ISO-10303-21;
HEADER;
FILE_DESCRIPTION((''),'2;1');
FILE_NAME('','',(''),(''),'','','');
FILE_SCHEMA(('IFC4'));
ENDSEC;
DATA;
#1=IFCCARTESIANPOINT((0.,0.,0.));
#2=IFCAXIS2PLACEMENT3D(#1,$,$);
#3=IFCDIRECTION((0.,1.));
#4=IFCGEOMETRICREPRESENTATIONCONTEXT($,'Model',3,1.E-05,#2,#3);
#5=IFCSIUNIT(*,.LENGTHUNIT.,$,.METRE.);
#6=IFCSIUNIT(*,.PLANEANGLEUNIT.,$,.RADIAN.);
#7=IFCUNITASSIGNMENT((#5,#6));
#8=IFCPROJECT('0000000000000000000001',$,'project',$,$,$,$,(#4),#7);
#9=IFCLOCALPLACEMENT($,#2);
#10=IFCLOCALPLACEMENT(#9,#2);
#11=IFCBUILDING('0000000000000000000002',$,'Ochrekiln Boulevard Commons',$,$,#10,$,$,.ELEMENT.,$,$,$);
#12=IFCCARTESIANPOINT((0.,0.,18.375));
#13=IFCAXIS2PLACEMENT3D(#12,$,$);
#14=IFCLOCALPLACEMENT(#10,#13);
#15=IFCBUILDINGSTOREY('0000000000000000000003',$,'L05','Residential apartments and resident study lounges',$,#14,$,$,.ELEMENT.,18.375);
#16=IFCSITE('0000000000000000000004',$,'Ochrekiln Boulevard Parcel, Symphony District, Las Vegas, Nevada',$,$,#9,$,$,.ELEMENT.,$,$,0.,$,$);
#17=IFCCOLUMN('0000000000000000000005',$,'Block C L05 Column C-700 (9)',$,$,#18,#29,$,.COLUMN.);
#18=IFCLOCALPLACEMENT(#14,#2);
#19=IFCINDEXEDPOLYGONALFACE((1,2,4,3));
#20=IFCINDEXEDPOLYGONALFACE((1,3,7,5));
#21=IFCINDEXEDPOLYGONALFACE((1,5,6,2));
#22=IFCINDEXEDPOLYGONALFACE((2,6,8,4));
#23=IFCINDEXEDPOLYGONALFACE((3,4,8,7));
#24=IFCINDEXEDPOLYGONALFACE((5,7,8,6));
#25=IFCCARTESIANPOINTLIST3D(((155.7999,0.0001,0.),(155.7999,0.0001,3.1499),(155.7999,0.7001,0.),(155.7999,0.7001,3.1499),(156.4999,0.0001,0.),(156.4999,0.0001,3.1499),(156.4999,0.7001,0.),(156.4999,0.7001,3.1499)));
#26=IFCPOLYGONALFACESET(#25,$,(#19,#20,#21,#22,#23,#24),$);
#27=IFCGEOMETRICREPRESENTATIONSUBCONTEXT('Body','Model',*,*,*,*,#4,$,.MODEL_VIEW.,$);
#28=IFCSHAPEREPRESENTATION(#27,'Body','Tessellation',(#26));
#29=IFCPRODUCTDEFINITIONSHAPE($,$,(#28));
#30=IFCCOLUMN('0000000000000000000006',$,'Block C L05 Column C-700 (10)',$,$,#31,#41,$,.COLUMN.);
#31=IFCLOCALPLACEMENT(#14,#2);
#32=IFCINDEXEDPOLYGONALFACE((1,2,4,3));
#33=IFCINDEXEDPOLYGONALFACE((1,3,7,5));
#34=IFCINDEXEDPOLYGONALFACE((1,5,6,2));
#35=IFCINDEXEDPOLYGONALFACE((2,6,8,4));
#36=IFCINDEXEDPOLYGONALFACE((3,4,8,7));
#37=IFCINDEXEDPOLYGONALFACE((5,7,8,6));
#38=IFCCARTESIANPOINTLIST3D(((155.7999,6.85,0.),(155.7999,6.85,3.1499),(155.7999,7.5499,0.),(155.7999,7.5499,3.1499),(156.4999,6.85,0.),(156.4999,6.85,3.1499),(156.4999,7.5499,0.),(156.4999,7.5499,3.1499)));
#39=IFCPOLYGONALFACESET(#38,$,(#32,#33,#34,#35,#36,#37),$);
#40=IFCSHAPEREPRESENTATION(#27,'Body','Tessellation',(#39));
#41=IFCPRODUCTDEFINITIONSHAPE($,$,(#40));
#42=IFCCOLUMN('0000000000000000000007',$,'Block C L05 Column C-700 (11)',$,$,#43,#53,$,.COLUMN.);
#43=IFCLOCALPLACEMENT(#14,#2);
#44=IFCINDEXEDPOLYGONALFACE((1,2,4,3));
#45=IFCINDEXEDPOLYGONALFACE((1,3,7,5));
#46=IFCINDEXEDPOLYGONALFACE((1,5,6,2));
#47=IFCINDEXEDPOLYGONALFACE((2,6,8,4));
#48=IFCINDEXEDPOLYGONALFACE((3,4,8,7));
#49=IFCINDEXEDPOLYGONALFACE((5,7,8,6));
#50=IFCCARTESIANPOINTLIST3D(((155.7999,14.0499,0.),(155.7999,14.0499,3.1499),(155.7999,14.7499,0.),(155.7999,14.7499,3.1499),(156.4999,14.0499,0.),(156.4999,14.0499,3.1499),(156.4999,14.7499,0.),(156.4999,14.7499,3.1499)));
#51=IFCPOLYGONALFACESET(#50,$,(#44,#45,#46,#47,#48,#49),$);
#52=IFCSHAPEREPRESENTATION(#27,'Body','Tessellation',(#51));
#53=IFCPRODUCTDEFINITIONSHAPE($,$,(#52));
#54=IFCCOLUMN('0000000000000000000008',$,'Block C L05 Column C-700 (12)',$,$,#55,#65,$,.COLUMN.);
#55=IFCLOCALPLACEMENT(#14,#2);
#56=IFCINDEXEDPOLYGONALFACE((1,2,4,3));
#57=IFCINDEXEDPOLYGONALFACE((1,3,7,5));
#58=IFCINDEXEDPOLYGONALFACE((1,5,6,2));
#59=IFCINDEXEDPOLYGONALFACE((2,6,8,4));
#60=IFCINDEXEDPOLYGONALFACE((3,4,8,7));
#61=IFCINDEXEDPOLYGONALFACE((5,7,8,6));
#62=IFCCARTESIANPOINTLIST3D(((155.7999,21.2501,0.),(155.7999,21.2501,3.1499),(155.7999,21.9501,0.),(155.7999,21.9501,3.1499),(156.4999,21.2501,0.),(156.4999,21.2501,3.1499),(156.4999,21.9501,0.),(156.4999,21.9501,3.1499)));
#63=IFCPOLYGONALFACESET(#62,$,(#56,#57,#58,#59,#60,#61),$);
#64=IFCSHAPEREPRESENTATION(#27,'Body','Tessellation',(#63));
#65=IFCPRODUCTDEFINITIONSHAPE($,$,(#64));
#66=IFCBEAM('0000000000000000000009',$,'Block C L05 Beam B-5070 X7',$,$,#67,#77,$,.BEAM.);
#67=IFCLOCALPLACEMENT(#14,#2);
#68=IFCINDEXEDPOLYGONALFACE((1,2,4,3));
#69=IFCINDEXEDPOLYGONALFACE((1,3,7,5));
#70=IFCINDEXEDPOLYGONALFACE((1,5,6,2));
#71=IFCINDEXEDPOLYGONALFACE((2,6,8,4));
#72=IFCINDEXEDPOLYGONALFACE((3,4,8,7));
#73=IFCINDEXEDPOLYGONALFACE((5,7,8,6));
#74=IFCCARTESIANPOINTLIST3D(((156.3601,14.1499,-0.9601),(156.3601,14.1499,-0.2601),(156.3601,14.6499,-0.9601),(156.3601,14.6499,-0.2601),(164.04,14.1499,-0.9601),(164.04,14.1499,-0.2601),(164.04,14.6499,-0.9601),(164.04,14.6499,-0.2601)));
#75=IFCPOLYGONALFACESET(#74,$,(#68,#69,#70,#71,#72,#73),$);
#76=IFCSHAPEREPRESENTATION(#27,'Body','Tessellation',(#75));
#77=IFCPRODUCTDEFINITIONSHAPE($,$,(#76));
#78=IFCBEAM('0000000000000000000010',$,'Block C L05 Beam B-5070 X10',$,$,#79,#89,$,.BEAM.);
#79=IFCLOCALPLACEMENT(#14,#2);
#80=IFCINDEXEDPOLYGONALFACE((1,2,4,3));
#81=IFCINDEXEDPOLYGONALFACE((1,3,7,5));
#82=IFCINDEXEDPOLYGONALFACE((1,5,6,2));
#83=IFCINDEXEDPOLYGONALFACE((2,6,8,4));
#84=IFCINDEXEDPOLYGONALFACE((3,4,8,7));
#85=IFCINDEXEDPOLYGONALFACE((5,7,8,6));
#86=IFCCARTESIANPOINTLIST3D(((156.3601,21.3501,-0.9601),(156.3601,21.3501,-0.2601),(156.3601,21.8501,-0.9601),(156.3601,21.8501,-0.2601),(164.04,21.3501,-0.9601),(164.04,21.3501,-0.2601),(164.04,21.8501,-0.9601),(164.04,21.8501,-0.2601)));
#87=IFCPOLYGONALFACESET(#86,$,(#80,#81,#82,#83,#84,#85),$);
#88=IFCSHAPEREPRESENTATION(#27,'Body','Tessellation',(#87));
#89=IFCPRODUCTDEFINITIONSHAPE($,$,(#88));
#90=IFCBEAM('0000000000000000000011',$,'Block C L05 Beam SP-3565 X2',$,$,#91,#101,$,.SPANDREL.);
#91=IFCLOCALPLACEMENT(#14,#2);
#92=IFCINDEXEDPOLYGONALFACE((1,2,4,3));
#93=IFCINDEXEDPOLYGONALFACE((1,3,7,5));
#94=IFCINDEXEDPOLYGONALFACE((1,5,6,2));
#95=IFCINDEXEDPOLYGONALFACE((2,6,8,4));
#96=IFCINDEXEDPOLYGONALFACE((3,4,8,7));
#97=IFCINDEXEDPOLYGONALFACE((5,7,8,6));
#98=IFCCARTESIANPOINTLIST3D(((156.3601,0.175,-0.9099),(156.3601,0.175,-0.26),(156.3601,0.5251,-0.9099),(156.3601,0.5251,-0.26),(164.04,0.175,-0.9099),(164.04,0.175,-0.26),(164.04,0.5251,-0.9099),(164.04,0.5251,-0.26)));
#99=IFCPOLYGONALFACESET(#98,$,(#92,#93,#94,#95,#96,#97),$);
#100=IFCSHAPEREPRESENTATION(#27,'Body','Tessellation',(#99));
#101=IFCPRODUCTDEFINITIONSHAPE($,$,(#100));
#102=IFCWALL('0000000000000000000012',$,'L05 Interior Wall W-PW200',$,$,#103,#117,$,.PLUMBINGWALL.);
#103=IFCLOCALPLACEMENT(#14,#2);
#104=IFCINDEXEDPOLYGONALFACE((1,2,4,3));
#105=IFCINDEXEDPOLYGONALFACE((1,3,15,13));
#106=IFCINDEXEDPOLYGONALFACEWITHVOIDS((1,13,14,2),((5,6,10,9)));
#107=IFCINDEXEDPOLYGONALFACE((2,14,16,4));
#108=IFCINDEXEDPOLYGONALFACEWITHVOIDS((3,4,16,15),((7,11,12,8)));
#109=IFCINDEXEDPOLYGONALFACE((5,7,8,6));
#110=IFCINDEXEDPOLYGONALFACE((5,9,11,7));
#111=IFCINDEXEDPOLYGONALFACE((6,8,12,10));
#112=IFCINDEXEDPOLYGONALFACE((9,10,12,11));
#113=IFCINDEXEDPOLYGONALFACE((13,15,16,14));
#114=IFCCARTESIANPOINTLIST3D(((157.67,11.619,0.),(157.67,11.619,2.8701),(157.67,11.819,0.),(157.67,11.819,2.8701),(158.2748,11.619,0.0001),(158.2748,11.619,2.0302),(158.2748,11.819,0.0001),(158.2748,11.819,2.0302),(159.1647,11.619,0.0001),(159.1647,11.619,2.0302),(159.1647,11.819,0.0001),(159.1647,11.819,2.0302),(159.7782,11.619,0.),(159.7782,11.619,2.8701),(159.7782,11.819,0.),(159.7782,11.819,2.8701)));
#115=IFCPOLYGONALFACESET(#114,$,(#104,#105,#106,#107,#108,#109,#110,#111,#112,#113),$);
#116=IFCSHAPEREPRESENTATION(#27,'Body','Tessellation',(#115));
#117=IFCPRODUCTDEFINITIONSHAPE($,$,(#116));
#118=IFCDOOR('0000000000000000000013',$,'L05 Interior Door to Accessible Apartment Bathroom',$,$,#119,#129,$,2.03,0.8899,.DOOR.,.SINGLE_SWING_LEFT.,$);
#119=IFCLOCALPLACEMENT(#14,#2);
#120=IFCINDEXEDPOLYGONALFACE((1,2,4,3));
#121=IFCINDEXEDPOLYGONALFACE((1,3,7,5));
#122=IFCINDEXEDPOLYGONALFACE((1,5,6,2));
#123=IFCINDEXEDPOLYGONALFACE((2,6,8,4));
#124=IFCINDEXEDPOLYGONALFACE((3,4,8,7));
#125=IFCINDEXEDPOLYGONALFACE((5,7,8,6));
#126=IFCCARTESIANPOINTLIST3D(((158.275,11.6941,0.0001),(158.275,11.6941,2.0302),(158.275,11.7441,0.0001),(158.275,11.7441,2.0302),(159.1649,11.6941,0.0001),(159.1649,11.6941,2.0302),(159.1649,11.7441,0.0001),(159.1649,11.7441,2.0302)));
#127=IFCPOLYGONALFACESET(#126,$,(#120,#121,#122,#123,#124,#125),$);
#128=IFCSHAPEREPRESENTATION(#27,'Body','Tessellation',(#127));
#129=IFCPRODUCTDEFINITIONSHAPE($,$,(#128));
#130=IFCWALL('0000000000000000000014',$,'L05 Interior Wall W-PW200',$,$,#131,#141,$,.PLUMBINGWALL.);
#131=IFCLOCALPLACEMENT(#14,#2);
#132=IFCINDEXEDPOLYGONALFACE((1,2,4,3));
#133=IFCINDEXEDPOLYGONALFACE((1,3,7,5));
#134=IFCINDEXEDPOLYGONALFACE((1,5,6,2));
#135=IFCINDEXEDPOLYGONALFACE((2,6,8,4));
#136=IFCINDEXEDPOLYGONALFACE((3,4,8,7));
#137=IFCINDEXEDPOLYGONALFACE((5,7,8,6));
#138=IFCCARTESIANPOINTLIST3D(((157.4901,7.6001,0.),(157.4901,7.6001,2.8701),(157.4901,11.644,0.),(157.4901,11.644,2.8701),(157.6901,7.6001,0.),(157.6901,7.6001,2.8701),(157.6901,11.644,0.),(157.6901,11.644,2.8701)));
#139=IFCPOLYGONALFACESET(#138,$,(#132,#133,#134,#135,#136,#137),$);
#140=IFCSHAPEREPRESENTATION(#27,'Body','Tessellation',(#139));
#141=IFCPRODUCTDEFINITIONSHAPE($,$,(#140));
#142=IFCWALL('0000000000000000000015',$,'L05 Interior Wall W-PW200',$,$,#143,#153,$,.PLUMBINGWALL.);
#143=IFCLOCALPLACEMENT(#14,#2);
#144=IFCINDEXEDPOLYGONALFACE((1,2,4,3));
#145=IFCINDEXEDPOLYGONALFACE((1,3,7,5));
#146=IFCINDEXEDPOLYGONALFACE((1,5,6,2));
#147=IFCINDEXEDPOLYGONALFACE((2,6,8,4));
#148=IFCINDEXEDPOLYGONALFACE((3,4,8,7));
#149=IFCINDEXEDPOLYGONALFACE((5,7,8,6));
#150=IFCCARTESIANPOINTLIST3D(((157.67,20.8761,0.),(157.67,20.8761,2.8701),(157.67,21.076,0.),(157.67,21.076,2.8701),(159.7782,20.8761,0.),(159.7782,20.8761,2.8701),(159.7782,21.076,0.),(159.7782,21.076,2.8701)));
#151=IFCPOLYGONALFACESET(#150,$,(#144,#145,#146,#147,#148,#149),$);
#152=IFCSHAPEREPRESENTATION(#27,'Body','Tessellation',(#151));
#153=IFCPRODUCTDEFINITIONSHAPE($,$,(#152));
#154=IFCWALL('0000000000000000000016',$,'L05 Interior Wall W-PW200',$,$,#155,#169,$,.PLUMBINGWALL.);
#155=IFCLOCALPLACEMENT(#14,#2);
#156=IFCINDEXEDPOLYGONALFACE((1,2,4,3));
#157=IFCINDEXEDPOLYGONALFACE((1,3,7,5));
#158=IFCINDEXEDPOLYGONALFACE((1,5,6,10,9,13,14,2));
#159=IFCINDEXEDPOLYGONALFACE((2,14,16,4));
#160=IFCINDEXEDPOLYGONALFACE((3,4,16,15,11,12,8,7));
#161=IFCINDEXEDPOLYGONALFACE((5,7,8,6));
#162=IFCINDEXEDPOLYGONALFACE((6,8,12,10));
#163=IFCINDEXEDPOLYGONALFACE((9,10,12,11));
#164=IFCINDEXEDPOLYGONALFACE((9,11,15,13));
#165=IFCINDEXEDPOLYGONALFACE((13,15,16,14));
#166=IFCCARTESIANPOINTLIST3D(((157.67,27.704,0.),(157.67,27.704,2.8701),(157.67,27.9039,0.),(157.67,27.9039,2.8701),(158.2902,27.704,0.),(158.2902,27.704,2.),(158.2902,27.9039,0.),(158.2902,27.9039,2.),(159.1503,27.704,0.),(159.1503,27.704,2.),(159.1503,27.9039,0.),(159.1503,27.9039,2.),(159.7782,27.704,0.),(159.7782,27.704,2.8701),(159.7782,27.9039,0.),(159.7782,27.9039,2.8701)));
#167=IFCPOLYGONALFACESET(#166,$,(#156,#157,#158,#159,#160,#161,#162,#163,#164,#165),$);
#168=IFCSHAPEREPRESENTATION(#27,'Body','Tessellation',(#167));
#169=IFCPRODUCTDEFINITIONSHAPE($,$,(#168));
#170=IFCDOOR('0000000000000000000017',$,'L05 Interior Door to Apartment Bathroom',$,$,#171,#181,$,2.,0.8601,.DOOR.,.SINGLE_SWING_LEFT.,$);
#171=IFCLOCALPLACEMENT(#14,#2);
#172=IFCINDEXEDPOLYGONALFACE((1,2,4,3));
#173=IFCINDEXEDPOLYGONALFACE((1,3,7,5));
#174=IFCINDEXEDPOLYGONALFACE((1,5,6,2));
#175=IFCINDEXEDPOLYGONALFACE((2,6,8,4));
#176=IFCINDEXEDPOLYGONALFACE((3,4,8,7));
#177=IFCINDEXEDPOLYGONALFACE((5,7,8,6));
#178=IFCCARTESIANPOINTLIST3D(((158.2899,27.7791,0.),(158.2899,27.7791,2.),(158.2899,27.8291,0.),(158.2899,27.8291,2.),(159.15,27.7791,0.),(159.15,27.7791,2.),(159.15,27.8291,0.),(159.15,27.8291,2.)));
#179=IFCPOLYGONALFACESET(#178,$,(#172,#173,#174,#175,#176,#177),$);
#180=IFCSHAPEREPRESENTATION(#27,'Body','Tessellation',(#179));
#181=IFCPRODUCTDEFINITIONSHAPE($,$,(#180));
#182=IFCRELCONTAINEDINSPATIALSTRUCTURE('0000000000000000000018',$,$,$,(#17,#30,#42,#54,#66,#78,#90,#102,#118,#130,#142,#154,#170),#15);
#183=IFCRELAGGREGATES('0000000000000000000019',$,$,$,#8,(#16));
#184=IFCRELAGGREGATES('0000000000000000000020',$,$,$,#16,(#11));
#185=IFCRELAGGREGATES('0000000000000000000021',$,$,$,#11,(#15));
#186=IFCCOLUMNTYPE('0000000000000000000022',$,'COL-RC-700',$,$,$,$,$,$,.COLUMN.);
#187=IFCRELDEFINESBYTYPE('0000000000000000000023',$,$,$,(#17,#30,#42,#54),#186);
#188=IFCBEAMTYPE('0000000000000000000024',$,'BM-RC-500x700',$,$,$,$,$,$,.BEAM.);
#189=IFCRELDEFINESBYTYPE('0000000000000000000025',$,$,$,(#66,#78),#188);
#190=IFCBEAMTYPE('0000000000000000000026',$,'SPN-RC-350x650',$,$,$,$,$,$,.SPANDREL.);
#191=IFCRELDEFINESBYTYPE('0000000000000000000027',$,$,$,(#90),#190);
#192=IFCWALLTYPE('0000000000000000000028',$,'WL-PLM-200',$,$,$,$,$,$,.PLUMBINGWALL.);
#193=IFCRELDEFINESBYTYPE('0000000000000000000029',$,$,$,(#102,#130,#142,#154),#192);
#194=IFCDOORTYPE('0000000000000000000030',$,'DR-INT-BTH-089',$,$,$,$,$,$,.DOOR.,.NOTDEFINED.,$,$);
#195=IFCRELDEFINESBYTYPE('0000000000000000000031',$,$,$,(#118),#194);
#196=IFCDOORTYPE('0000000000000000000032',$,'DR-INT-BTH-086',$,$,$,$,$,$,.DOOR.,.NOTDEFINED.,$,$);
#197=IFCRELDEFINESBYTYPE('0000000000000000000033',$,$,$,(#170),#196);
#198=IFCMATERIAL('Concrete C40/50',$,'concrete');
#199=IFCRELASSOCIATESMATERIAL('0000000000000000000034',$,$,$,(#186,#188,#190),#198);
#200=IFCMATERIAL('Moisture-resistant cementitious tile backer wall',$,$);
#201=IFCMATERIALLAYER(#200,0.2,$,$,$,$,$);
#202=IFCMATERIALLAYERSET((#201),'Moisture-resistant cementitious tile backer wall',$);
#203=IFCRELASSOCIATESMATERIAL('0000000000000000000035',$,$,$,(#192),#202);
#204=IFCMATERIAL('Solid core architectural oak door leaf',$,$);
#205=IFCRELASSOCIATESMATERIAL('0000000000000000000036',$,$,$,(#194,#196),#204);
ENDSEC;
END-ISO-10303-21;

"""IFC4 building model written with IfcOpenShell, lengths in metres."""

from ifc_helpers import new_model, si_unit, direction, frame, frame_2d, origin, origin_2d, place, context, subcontext, project, spatial, rectangle, extrude, material, layer, layer_set, material_profile, profile_set, type_object, element, fill, save


model = new_model("IFC4")

# Units and contexts
model_context = context("Model", 3, precision=1e-05, world=origin(), true_north=direction((0.0, 1.0)))
body_context = subcontext(model_context, "Body", "Model", "MODEL_VIEW")
ifc_project = project(units=[si_unit("LENGTHUNIT", "METRE"), si_unit("PLANEANGLEUNIT", "RADIAN")], contexts=[model_context])

# Site, building, storey
site_placement = place(None, origin())
site = spatial("IfcSite", under=ifc_project, at=site_placement, Name="Ochrekiln Boulevard Parcel, Symphony District, Las Vegas, Nevada", CompositionType="ELEMENT", RefElevation=0.0)
building_placement = place(site_placement, origin())
building = spatial("IfcBuilding", under=site, at=building_placement, Name="Ochrekiln Boulevard Commons", CompositionType="ELEMENT")
storey_placement = place(building_placement, frame((0.0, 0.0, 18.375)))
storey = spatial("IfcBuildingStorey", under=building, at=storey_placement, Name="L05", Description="Residential apartments and resident study lounges", CompositionType="ELEMENT", Elevation=18.375)

# Columns
ifc_material_1 = material(Name="Concrete C40/50", Category="concrete")
ifc_material_profile_1 = material_profile(ifc_material_1, rectangle(XDim=0.7, YDim=0.7, at=origin_2d()), Name="RC-COL-700x700")
ifc_profile_set_1 = profile_set([ifc_material_profile_1], Name="Concrete C40/50")
column_type = type_object("IfcColumnType", Name="COL-RC-700", PredefinedType="COLUMN", material=ifc_profile_set_1)
for number, where, z_axis, x_axis, name in (
    (1, (156.1499, 0.3501, 0.0), (0.0, 0.0, 1.0), (1.0, 0.0, 0.0), "Block C L05 Column C-700 (9)"),
    (2, (156.1499, 7.2, 0.0), (0.0, 0.0, 1.0), (1.0, 0.0, 0.0), "Block C L05 Column C-700 (10)"),
    (3, (156.1499, 14.3999, 0.0), (0.0, 0.0, 1.0), (1.0, 0.0, 0.0), "Block C L05 Column C-700 (11)"),
    (4, (156.1499, 21.6001, 0.0), (0.0, 0.0, 1.0), (1.0, 0.0, 0.0), "Block C L05 Column C-700 (12)"),
):
    element("IfcColumn", number, at=place(storey_placement, frame(where, z_axis=z_axis, x_axis=x_axis)), inside=storey, type_object=column_type, Name=name, PredefinedType="COLUMN", context=body_context, shape_type="SweptSolid", body=[
        extrude(rectangle(XDim=0.7, YDim=0.7, at=origin_2d()), origin(), (0.0, 0.0, 1.0), 3.1499),
    ])

# Beams
ifc_material_profile_2 = material_profile(ifc_material_1, rectangle(XDim=0.5, YDim=0.7, at=origin_2d()), Name="RC-BM-500x700")
ifc_profile_set_2 = profile_set([ifc_material_profile_2], Name="Concrete C40/50")
beam_type_1 = type_object("IfcBeamType", Name="BM-RC-500x700", PredefinedType="BEAM", material=ifc_profile_set_2)
for number, where, z_axis, x_axis, name in (
    (5, (156.3601, 14.3999, -0.6101), (1.0, 0.0, 0.0), (0.0, 1.0, 0.0), "Block C L05 Beam B-5070 X7"),
    (6, (156.3601, 21.6001, -0.6101), (1.0, 0.0, 0.0), (0.0, 1.0, 0.0), "Block C L05 Beam B-5070 X10"),
):
    element("IfcBeam", number, at=place(storey_placement, frame(where, z_axis=z_axis, x_axis=x_axis)), inside=storey, type_object=beam_type_1, Name=name, PredefinedType="BEAM", context=body_context, shape_type="SweptSolid", body=[
        extrude(rectangle(XDim=0.5, YDim=0.7, at=origin_2d()), origin(), (0.0, 0.0, 1.0), 7.6799),
    ])
ifc_material_profile_3 = material_profile(ifc_material_1, rectangle(XDim=0.3501, YDim=0.6499, at=origin_2d()), Name="RC-SPN-350x650")
ifc_profile_set_3 = profile_set([ifc_material_profile_3], Name="Concrete C40/50")
beam_type_2 = type_object("IfcBeamType", Name="SPN-RC-350x650", PredefinedType="SPANDREL", material=ifc_profile_set_3)
beam_placement = place(storey_placement, frame((156.3601, 0.3501, -0.585), z_axis=(1.0, 0.0, 0.0), x_axis=(0.0, 1.0, 0.0)))
element("IfcBeam", 7, at=beam_placement, inside=storey, type_object=beam_type_2, Name="Block C L05 Beam SP-3565 X2", PredefinedType="SPANDREL", context=body_context, shape_type="SweptSolid", body=[
    extrude(rectangle(XDim=0.3501, YDim=0.6499, at=origin_2d()), origin(), (0.0, 0.0, 1.0), 7.6799),
])

# Wall, opening, door
ifc_material_2 = material(Name="Moisture-resistant cementitious tile backer wall")
ifc_layer_1 = layer(ifc_material_2, 0.2)
ifc_layer_set_1 = layer_set([ifc_layer_1], Name="Moisture-resistant cementitious tile backer wall")
wall_type_1 = type_object("IfcWallType", Name="WL-PLM-200", PredefinedType="PLUMBINGWALL", material=ifc_layer_set_1)
wall_1_placement = place(storey_placement, frame((157.6699, 11.719, 0.0), z_axis=(0.0, 0.0, 1.0), x_axis=(1.0, 0.0, 0.0)))
wall_1 = element("IfcWall", 8, at=wall_1_placement, inside=storey, type_object=wall_type_1, Name="L05 Interior Wall W-PW200", PredefinedType="PLUMBINGWALL", context=body_context, shape_type="SweptSolid", body=[
    extrude(rectangle(XDim=2.1082, YDim=0.2, at=frame_2d((1.0542, 0.0))), origin(), (0.0, 0.0, 1.0), 2.8701),
])
opening_1_placement = place(wall_1_placement, frame((0.605, 0.0, 0.0)))
opening_1 = element("IfcOpeningElement", 9, at=opening_1_placement, cuts=wall_1, PredefinedType="OPENING", context=body_context, shape_type="SweptSolid", body=[
    extrude(rectangle(XDim=0.8899, YDim=2.03, at=frame_2d((0.4448, 1.0151))), frame((0.0, 0.1099, 0.0), z_axis=(0.0, -1.0, 0.0), x_axis=(1.0, 0.0, 0.0)), (0.0, 0.0, 1.0), 0.22),
])
ifc_material_3 = material(Name="Solid core architectural oak door leaf")
door_type_1 = type_object("IfcDoorType", Name="DR-INT-BTH-089", OperationType="NOTDEFINED", PredefinedType="DOOR", material=ifc_material_3)
door_1_placement = place(opening_1_placement, frame((0.8899, 0.0, 0.0), z_axis=(0.0, 0.0, 1.0), x_axis=(-1.0, 0.0, 0.0)))
door_1 = element("IfcDoor", 10, at=door_1_placement, inside=storey, type_object=door_type_1, Name="L05 Interior Door to Accessible Apartment Bathroom", OperationType="SINGLE_SWING_LEFT", OverallHeight=2.03, OverallWidth=0.8899, PredefinedType="DOOR", context=body_context, shape_type="SweptSolid", body=[
    extrude(rectangle(XDim=0.8899, YDim=2.03, at=frame_2d((0.4448, 1.0151))), frame((0.0, 0.0249, 0.0), z_axis=(0.0, -1.0, 0.0), x_axis=(1.0, 0.0, 0.0)), (0.0, 0.0, 1.0), 0.05),
])
fill(opening_1, door_1)

# Walls
wall_2_placement = place(storey_placement, frame((157.5901, 7.6001, 0.0), z_axis=(0.0, 0.0, 1.0), x_axis=(0.0, 1.0, 0.0)))
element("IfcWall", 11, at=wall_2_placement, inside=storey, type_object=wall_type_1, Name="L05 Interior Wall W-PW200", PredefinedType="PLUMBINGWALL", context=body_context, shape_type="SweptSolid", body=[
    extrude(rectangle(XDim=4.0439, YDim=0.2, at=frame_2d((2.022, 0.0))), origin(), (0.0, 0.0, 1.0), 2.8701),
])
wall_3_placement = place(storey_placement, frame((157.6699, 20.9761, 0.0), z_axis=(0.0, 0.0, 1.0), x_axis=(1.0, 0.0, 0.0)))
element("IfcWall", 12, at=wall_3_placement, inside=storey, type_object=wall_type_1, Name="L05 Interior Wall W-PW200", PredefinedType="PLUMBINGWALL", context=body_context, shape_type="SweptSolid", body=[
    extrude(rectangle(XDim=2.1082, YDim=0.2, at=frame_2d((1.0542, 0.0))), origin(), (0.0, 0.0, 1.0), 2.8701),
])

# Wall, opening, door
wall_4_placement = place(storey_placement, frame((157.6699, 27.804, 0.0), z_axis=(0.0, 0.0, 1.0), x_axis=(1.0, 0.0, 0.0)))
wall_4 = element("IfcWall", 13, at=wall_4_placement, inside=storey, type_object=wall_type_1, Name="L05 Interior Wall W-PW200", PredefinedType="PLUMBINGWALL", context=body_context, shape_type="SweptSolid", body=[
    extrude(rectangle(XDim=2.1082, YDim=0.2, at=frame_2d((1.0542, 0.0))), origin(), (0.0, 0.0, 1.0), 2.8701),
])
opening_2_placement = place(wall_4_placement, frame((0.6201, 0.0, 0.0)))
opening_2 = element("IfcOpeningElement", 14, at=opening_2_placement, cuts=wall_4, PredefinedType="OPENING", context=body_context, shape_type="SweptSolid", body=[
    extrude(rectangle(XDim=0.8601, YDim=2.0, at=frame_2d((0.4302, 1.0))), frame((0.0, 0.1099, 0.0), z_axis=(0.0, -1.0, 0.0), x_axis=(1.0, 0.0, 0.0)), (0.0, 0.0, 1.0), 0.22),
])
door_type_2 = type_object("IfcDoorType", Name="DR-INT-BTH-086", OperationType="NOTDEFINED", PredefinedType="DOOR", material=ifc_material_3)
door_2_placement = place(opening_2_placement, frame((0.8601, 0.0, 0.0), z_axis=(0.0, 0.0, 1.0), x_axis=(-1.0, 0.0, 0.0)))
door_2 = element("IfcDoor", 15, at=door_2_placement, inside=storey, type_object=door_type_2, Name="L05 Interior Door to Apartment Bathroom", OperationType="SINGLE_SWING_LEFT", OverallHeight=2.0, OverallWidth=0.8601, PredefinedType="DOOR", context=body_context, shape_type="SweptSolid", body=[
    extrude(rectangle(XDim=0.8601, YDim=2.0, at=frame_2d((0.4302, 1.0))), frame((0.0, 0.0249, 0.0), z_axis=(0.0, -1.0, 0.0), x_axis=(1.0, 0.0, 0.0)), (0.0, 0.0, 1.0), 0.05),
])
fill(opening_2, door_2)

save(model, "model.ifc")
